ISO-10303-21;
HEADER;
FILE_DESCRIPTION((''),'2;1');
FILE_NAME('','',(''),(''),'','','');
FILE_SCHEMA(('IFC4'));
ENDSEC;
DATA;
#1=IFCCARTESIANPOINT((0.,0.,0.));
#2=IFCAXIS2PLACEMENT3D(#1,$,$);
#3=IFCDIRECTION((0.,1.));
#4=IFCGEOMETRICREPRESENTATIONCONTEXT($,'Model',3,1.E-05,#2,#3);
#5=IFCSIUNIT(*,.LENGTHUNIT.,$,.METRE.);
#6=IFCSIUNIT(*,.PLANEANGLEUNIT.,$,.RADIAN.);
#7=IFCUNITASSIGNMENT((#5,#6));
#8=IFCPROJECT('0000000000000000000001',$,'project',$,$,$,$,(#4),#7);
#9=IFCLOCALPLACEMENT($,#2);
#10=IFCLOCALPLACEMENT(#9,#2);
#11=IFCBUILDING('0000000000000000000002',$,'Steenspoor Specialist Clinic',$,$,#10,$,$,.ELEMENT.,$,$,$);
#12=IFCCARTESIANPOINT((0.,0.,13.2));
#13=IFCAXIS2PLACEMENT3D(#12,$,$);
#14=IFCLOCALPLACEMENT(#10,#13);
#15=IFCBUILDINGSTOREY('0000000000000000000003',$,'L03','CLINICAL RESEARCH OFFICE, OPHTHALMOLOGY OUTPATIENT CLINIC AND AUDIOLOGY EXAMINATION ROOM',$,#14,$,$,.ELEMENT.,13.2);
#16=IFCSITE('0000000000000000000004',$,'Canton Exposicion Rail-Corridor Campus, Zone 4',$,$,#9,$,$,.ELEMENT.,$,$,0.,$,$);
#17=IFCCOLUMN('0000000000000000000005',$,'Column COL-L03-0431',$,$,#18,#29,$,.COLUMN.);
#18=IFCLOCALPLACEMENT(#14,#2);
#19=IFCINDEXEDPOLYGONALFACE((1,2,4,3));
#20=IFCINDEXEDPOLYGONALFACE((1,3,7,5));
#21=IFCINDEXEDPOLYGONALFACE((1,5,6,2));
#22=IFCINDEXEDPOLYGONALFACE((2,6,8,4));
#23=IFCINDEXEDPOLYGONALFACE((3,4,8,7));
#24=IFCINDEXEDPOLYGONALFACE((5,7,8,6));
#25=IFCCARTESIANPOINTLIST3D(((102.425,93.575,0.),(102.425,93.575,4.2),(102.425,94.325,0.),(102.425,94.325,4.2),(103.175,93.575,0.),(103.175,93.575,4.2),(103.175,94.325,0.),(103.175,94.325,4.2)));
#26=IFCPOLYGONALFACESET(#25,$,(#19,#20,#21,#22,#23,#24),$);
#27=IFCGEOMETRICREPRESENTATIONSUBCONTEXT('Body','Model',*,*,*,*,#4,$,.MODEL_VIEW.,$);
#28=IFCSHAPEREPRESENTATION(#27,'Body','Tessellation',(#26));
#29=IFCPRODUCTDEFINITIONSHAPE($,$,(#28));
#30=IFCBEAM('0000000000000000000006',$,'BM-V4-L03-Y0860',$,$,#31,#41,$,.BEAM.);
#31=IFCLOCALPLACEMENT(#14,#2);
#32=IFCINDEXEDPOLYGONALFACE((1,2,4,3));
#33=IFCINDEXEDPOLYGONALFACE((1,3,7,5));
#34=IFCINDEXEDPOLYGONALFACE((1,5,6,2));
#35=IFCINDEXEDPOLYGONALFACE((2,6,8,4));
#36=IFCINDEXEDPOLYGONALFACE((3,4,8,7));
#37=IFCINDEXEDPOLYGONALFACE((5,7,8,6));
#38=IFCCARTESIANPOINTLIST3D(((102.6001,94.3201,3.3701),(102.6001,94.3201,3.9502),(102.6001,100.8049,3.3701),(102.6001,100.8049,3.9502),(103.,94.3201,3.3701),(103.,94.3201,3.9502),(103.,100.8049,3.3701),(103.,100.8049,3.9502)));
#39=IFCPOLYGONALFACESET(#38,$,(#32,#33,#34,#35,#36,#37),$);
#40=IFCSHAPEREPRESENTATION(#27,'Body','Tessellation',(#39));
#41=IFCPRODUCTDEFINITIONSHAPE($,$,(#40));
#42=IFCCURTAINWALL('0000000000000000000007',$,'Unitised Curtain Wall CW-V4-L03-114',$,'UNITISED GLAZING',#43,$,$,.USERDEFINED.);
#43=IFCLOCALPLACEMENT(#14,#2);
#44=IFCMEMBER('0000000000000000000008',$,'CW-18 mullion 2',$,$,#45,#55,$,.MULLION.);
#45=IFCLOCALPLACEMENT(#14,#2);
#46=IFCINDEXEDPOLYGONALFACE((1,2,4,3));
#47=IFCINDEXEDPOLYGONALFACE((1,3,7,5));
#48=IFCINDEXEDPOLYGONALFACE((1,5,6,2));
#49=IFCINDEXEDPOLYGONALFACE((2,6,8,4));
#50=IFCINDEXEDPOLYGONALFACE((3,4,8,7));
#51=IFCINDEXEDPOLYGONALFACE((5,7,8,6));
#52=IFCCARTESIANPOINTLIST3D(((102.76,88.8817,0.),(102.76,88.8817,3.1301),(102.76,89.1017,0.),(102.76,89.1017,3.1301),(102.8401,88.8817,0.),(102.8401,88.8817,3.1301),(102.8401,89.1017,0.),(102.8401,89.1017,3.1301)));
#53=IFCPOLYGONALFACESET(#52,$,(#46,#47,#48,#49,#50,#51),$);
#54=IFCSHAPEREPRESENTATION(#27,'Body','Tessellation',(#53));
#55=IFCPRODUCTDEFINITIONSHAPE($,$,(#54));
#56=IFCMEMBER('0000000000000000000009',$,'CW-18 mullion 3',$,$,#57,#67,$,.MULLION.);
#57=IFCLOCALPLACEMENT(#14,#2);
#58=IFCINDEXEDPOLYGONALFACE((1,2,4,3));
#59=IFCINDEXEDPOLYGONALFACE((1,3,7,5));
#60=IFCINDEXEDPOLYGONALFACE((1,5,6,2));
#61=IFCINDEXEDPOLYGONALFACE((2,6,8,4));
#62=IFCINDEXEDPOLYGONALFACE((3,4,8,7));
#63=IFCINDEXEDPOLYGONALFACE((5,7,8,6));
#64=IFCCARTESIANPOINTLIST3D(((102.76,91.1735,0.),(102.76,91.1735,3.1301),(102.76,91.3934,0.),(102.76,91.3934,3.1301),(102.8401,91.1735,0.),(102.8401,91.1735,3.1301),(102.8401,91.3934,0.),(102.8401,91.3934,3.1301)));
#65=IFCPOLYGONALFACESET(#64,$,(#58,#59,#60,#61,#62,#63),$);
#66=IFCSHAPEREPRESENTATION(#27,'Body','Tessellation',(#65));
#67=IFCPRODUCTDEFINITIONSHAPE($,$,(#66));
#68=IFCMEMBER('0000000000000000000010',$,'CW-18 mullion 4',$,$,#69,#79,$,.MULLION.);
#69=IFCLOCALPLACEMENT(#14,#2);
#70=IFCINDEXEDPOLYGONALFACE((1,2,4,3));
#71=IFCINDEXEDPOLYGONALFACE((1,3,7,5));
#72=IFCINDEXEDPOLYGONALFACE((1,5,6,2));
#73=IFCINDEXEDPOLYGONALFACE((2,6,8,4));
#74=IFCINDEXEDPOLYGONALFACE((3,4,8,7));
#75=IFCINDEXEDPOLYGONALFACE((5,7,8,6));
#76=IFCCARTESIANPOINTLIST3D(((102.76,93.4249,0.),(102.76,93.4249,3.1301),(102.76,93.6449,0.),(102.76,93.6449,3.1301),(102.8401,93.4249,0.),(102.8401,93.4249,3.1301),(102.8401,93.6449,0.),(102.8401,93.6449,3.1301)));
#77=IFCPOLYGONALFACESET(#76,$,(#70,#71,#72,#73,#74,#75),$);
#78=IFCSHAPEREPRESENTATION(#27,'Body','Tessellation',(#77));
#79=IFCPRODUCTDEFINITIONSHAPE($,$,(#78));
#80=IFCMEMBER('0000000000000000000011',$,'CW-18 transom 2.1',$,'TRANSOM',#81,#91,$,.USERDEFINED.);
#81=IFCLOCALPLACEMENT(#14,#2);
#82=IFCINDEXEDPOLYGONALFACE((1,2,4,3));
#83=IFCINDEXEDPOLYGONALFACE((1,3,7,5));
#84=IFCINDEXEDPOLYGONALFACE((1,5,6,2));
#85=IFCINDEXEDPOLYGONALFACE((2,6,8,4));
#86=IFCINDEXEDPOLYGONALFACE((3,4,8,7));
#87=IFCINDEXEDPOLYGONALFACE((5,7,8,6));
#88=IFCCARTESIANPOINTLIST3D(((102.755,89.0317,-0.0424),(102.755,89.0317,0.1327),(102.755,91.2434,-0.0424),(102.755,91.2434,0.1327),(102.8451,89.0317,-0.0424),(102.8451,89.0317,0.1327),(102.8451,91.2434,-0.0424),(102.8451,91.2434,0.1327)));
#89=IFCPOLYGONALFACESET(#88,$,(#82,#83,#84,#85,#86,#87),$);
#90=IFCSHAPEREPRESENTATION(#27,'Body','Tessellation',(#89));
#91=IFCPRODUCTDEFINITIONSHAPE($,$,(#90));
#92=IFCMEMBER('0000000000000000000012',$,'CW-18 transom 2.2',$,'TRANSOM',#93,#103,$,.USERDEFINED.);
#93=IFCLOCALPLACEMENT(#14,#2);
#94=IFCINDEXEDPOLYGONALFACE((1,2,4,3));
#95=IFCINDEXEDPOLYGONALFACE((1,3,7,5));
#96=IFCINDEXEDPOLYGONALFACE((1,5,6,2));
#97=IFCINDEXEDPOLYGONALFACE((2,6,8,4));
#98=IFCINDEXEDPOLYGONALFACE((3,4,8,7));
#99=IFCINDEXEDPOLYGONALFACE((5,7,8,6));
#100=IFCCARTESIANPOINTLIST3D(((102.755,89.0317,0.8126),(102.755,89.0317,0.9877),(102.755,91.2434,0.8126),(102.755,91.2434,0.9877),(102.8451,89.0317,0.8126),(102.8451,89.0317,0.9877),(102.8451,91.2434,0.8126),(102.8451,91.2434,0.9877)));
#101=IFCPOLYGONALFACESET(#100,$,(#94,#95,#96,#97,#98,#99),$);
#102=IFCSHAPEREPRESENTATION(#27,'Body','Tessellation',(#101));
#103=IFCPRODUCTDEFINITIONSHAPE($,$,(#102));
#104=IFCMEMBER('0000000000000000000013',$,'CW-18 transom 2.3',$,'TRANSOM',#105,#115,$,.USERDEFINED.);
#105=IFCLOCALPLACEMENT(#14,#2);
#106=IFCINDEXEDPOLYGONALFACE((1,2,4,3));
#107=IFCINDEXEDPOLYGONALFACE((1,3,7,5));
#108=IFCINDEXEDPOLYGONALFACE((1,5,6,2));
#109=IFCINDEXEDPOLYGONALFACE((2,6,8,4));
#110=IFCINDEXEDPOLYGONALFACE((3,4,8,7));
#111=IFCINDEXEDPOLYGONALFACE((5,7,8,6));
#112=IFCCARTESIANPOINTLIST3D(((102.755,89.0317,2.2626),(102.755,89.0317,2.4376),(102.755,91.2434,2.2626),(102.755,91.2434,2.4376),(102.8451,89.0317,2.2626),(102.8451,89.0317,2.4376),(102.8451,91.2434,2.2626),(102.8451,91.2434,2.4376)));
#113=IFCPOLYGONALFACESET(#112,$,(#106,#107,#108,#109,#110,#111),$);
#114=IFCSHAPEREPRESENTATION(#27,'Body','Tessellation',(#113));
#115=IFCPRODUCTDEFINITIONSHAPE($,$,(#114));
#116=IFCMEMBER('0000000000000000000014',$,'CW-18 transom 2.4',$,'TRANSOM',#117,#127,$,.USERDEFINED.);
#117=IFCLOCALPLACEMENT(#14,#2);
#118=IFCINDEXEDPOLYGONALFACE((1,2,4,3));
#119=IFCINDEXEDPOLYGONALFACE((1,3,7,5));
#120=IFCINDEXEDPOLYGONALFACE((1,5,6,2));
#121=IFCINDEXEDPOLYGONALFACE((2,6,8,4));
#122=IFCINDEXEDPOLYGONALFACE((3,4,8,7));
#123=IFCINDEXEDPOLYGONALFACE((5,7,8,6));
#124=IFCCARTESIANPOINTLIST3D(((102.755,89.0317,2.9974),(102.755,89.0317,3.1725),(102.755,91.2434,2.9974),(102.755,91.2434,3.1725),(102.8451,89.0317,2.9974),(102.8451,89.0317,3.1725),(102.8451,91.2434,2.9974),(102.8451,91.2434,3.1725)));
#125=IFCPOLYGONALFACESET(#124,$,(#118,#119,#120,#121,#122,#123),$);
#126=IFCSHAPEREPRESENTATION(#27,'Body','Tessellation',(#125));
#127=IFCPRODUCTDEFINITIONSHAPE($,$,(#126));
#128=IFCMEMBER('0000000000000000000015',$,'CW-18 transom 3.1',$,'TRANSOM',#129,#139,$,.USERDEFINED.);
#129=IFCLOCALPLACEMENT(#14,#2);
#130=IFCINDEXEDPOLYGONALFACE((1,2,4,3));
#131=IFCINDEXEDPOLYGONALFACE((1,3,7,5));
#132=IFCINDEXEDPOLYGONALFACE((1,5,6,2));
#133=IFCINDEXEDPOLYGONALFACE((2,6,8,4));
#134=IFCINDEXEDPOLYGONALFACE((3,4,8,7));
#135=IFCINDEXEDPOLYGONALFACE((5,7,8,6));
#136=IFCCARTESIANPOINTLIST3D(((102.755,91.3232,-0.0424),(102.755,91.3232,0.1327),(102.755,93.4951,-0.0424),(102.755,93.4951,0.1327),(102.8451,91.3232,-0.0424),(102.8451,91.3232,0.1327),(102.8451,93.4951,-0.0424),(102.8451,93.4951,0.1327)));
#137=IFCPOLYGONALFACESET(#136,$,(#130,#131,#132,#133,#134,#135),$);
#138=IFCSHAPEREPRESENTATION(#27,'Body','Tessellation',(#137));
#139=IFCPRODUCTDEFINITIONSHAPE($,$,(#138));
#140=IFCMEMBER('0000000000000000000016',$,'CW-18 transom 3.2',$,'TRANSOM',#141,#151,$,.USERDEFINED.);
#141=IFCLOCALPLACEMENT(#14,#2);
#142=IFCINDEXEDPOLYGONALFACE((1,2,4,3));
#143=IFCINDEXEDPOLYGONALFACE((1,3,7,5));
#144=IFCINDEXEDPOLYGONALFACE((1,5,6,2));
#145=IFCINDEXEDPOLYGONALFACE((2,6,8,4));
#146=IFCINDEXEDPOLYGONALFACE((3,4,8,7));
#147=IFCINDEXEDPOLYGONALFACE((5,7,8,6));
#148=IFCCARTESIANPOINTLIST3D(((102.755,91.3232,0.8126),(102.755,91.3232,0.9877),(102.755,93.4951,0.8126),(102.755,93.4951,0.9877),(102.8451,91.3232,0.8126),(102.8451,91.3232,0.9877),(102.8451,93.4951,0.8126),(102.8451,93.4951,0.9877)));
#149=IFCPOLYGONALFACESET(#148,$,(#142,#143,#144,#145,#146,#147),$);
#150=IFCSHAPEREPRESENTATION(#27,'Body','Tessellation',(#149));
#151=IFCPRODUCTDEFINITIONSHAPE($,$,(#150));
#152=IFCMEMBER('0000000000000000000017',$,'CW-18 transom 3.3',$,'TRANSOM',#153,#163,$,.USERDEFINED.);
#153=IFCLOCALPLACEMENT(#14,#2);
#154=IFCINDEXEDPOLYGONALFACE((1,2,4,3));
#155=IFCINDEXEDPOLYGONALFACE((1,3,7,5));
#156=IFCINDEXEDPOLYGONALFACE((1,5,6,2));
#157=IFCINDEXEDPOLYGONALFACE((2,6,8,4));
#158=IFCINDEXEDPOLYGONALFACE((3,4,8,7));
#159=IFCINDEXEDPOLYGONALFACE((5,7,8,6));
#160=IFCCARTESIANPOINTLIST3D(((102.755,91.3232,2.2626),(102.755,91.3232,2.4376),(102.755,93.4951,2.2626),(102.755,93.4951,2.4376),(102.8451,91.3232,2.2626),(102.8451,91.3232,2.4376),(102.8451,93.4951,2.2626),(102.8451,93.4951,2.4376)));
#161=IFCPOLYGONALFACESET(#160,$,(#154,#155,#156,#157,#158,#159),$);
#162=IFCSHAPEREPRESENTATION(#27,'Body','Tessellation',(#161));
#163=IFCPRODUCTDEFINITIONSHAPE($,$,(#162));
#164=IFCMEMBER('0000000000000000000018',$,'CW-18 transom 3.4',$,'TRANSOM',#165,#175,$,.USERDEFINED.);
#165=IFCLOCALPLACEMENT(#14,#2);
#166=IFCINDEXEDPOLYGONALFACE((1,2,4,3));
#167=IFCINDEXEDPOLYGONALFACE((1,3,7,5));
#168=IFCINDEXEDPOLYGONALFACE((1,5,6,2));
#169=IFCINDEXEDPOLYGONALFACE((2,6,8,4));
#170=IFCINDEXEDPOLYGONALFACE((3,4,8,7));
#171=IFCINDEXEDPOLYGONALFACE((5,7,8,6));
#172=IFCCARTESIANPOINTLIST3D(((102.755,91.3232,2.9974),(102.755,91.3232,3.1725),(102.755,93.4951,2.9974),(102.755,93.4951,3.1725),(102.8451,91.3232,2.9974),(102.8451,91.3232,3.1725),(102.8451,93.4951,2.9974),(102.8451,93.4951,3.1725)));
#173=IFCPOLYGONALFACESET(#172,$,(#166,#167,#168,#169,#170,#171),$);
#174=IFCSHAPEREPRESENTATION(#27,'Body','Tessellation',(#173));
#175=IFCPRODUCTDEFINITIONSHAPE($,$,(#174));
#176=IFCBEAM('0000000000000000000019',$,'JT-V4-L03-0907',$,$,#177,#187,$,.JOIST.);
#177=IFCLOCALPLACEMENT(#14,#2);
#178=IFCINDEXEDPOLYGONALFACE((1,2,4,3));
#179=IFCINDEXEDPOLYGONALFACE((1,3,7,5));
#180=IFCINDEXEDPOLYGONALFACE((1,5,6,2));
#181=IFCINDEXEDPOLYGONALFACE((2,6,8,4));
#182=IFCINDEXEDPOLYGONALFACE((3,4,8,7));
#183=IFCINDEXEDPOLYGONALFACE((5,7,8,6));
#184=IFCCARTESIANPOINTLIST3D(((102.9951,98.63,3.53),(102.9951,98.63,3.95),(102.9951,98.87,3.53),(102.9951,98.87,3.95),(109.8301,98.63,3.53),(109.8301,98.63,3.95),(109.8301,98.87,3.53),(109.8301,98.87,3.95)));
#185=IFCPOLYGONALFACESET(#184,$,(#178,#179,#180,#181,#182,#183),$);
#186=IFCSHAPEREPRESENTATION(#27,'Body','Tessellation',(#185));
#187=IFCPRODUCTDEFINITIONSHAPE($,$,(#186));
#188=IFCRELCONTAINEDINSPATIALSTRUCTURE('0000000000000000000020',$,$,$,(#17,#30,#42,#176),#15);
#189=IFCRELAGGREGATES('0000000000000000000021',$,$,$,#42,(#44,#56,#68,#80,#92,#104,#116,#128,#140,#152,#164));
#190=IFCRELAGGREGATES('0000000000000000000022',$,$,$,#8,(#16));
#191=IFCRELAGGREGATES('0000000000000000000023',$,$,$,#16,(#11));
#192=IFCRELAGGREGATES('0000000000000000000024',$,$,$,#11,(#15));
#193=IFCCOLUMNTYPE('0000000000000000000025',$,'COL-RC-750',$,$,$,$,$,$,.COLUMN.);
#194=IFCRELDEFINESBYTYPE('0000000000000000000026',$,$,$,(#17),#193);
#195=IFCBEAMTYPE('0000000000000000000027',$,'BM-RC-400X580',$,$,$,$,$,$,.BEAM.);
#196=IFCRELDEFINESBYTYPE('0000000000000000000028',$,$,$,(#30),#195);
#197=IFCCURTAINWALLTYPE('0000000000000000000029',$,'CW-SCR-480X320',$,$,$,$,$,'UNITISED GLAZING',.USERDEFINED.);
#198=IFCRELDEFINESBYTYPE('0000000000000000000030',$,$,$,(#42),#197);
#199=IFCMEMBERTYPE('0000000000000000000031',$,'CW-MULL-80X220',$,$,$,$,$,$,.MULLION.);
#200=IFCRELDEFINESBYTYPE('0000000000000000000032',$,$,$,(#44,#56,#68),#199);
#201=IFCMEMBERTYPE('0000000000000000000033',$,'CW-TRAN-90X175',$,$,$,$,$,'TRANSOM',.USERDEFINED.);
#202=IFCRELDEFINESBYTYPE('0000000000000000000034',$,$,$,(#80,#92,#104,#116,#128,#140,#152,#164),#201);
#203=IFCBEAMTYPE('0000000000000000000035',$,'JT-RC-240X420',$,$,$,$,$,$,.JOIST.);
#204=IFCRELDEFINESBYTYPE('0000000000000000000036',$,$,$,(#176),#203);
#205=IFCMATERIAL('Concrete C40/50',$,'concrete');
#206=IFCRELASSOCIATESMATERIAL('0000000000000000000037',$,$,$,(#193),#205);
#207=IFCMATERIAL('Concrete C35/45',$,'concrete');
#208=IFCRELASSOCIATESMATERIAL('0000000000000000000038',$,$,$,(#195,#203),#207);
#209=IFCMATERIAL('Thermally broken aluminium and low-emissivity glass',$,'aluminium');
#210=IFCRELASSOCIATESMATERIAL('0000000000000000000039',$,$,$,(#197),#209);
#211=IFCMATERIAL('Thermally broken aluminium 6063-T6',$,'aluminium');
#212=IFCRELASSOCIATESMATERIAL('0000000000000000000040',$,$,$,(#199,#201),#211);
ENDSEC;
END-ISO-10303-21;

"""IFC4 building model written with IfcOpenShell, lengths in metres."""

from ifc_helpers import new_model, si_unit, direction, frame, origin, origin_2d, place, context, subcontext, project, spatial, rectangle, extrude, material, material_profile, profile_set, type_object, element, aggregate, save


model = new_model("IFC4")

# Units and contexts
model_context = context("Model", 3, precision=1e-05, world=origin(), true_north=direction((0.0, 1.0)))
body_context = subcontext(model_context, "Body", "Model", "MODEL_VIEW")
ifc_project = project(units=[si_unit("LENGTHUNIT", "METRE"), si_unit("PLANEANGLEUNIT", "RADIAN")], contexts=[model_context])

# Site, building, storey
site_placement = place(None, origin())
site = spatial("IfcSite", under=ifc_project, at=site_placement, Name="Canton Exposicion Rail-Corridor Campus, Zone 4", CompositionType="ELEMENT", RefElevation=0.0)
building_placement = place(site_placement, origin())
building = spatial("IfcBuilding", under=site, at=building_placement, Name="Steenspoor Specialist Clinic", CompositionType="ELEMENT")
storey_placement = place(building_placement, frame((0.0, 0.0, 13.2)))
storey = spatial("IfcBuildingStorey", under=building, at=storey_placement, Name="L03", Description="CLINICAL RESEARCH OFFICE, OPHTHALMOLOGY OUTPATIENT CLINIC AND AUDIOLOGY EXAMINATION ROOM", CompositionType="ELEMENT", Elevation=13.2)

# Column
ifc_material_1 = material(Name="Concrete C40/50", Category="concrete")
ifc_material_profile_1 = material_profile(ifc_material_1, rectangle(XDim=0.75, YDim=0.75, at=origin_2d()), Name="RC-COL-750X750")
ifc_profile_set_1 = profile_set([ifc_material_profile_1], Name="Concrete C40/50")
column_type = type_object("IfcColumnType", Name="COL-RC-750", PredefinedType="COLUMN", material=ifc_profile_set_1)
column_placement = place(storey_placement, frame((102.8, 93.95, 0.0), z_axis=(0.0, 0.0, 1.0), x_axis=(1.0, 0.0, 0.0)))
element("IfcColumn", 1, at=column_placement, inside=storey, type_object=column_type, Name="Column COL-L03-0431", PredefinedType="COLUMN", context=body_context, shape_type="SweptSolid", body=[
    extrude(rectangle(XDim=0.75, YDim=0.75, at=origin_2d()), origin(), (0.0, 0.0, 1.0), 4.2),
])

# Beam
ifc_material_2 = material(Name="Concrete C35/45", Category="concrete")
ifc_material_profile_2 = material_profile(ifc_material_2, rectangle(XDim=0.3999, YDim=0.5801, at=origin_2d()), Name="RC-BM-400X580")
ifc_profile_set_2 = profile_set([ifc_material_profile_2], Name="Concrete C35/45")
beam_type_1 = type_object("IfcBeamType", Name="BM-RC-400X580", PredefinedType="BEAM", material=ifc_profile_set_2)
beam_1_placement = place(storey_placement, frame((102.8, 94.3201, 3.6602), z_axis=(0.0, 1.0, 0.0), x_axis=(-1.0, 0.0, 0.0)))
element("IfcBeam", 2, at=beam_1_placement, inside=storey, type_object=beam_type_1, Name="BM-V4-L03-Y0860", PredefinedType="BEAM", context=body_context, shape_type="SweptSolid", body=[
    extrude(rectangle(XDim=0.3999, YDim=0.5801, at=origin_2d()), origin(), (0.0, 0.0, 1.0), 6.4849),
])

# Curtain wall, members
ifc_material_3 = material(Name="Thermally broken aluminium and low-emissivity glass", Category="aluminium")
curtain_wall_type = type_object("IfcCurtainWallType", Name="CW-SCR-480X320", ElementType="UNITISED GLAZING", PredefinedType="USERDEFINED", material=ifc_material_3)
curtain_wall_placement = place(storey_placement, origin())
curtain_wall = element("IfcCurtainWall", 3, at=curtain_wall_placement, inside=storey, type_object=curtain_wall_type, Name="Unitised Curtain Wall CW-V4-L03-114", ObjectType="UNITISED GLAZING", PredefinedType="USERDEFINED")
ifc_material_4 = material(Name="Thermally broken aluminium 6063-T6", Category="aluminium")
ifc_material_profile_3 = material_profile(ifc_material_4, rectangle(XDim=0.0801, YDim=0.22, at=origin_2d()), Name="CWM-80X220")
ifc_profile_set_3 = profile_set([ifc_material_profile_3], Name="Thermally broken aluminium 6063-T6")
member_type_1 = type_object("IfcMemberType", Name="CW-MULL-80X220", PredefinedType="MULLION", material=ifc_profile_set_3)
member_1_placement = place(storey_placement, frame((102.8, 88.9917, 0.0), z_axis=(0.0, 0.0, 1.0), x_axis=(-1.0, 0.0, 0.0)))
member_1 = element("IfcMember", 4, at=member_1_placement, type_object=member_type_1, Name="CW-18 mullion 2", PredefinedType="MULLION", context=body_context, shape_type="SweptSolid", body=[
    extrude(rectangle(XDim=0.0801, YDim=0.22, at=origin_2d()), origin(), (0.0, 0.0, 1.0), 3.1301),
])
member_2_placement = place(storey_placement, frame((102.8, 91.2834, 0.0), z_axis=(0.0, 0.0, 1.0), x_axis=(-1.0, 0.0, 0.0)))
member_2 = element("IfcMember", 5, at=member_2_placement, type_object=member_type_1, Name="CW-18 mullion 3", PredefinedType="MULLION", context=body_context, shape_type="SweptSolid", body=[
    extrude(rectangle(XDim=0.0801, YDim=0.22, at=origin_2d()), origin(), (0.0, 0.0, 1.0), 3.1301),
])
member_3_placement = place(storey_placement, frame((102.8, 93.5349, 0.0), z_axis=(0.0, 0.0, 1.0), x_axis=(-1.0, 0.0, 0.0)))
member_3 = element("IfcMember", 6, at=member_3_placement, type_object=member_type_1, Name="CW-18 mullion 4", PredefinedType="MULLION", context=body_context, shape_type="SweptSolid", body=[
    extrude(rectangle(XDim=0.0801, YDim=0.22, at=origin_2d()), origin(), (0.0, 0.0, 1.0), 3.1301),
])
ifc_material_profile_4 = material_profile(ifc_material_4, rectangle(XDim=0.0901, YDim=0.175, at=origin_2d()), Name="CWT-90X175")
ifc_profile_set_4 = profile_set([ifc_material_profile_4], Name="Thermally broken aluminium 6063-T6")
member_type_2 = type_object("IfcMemberType", Name="CW-TRAN-90X175", ElementType="TRANSOM", PredefinedType="USERDEFINED", material=ifc_profile_set_4)
member_4_placement = place(storey_placement, frame((102.8, 89.0317, 0.0452), z_axis=(0.0, 1.0, 0.0), x_axis=(-1.0, 0.0, 0.0)))
member_4 = element("IfcMember", 7, at=member_4_placement, type_object=member_type_2, Name="CW-18 transom 2.1", ObjectType="TRANSOM", PredefinedType="USERDEFINED", context=body_context, shape_type="SweptSolid", body=[
    extrude(rectangle(XDim=0.0901, YDim=0.175, at=origin_2d()), origin(), (0.0, 0.0, 1.0), 2.2117),
])
member_5_placement = place(storey_placement, frame((102.8, 89.0317, 0.9001), z_axis=(0.0, 1.0, 0.0), x_axis=(-1.0, 0.0, 0.0)))
member_5 = element("IfcMember", 8, at=member_5_placement, type_object=member_type_2, Name="CW-18 transom 2.2", ObjectType="TRANSOM", PredefinedType="USERDEFINED", context=body_context, shape_type="SweptSolid", body=[
    extrude(rectangle(XDim=0.0901, YDim=0.175, at=origin_2d()), origin(), (0.0, 0.0, 1.0), 2.2117),
])
member_6_placement = place(storey_placement, frame((102.8, 89.0317, 2.3501), z_axis=(0.0, 1.0, 0.0), x_axis=(-1.0, 0.0, 0.0)))
member_6 = element("IfcMember", 9, at=member_6_placement, type_object=member_type_2, Name="CW-18 transom 2.3", ObjectType="TRANSOM", PredefinedType="USERDEFINED", context=body_context, shape_type="SweptSolid", body=[
    extrude(rectangle(XDim=0.0901, YDim=0.175, at=origin_2d()), origin(), (0.0, 0.0, 1.0), 2.2117),
])
member_7_placement = place(storey_placement, frame((102.8, 89.0317, 3.085), z_axis=(0.0, 1.0, 0.0), x_axis=(-1.0, 0.0, 0.0)))
member_7 = element("IfcMember", 10, at=member_7_placement, type_object=member_type_2, Name="CW-18 transom 2.4", ObjectType="TRANSOM", PredefinedType="USERDEFINED", context=body_context, shape_type="SweptSolid", body=[
    extrude(rectangle(XDim=0.0901, YDim=0.175, at=origin_2d()), origin(), (0.0, 0.0, 1.0), 2.2117),
])
member_8_placement = place(storey_placement, frame((102.8, 91.3232, 0.0452), z_axis=(0.0, 1.0, 0.0), x_axis=(-1.0, 0.0, 0.0)))
member_8 = element("IfcMember", 11, at=member_8_placement, type_object=member_type_2, Name="CW-18 transom 3.1", ObjectType="TRANSOM", PredefinedType="USERDEFINED", context=body_context, shape_type="SweptSolid", body=[
    extrude(rectangle(XDim=0.0901, YDim=0.175, at=origin_2d()), origin(), (0.0, 0.0, 1.0), 2.1719),
])
member_9_placement = place(storey_placement, frame((102.8, 91.3232, 0.9001), z_axis=(0.0, 1.0, 0.0), x_axis=(-1.0, 0.0, 0.0)))
member_9 = element("IfcMember", 12, at=member_9_placement, type_object=member_type_2, Name="CW-18 transom 3.2", ObjectType="TRANSOM", PredefinedType="USERDEFINED", context=body_context, shape_type="SweptSolid", body=[
    extrude(rectangle(XDim=0.0901, YDim=0.175, at=origin_2d()), origin(), (0.0, 0.0, 1.0), 2.1719),
])
member_10_placement = place(storey_placement, frame((102.8, 91.3232, 2.3501), z_axis=(0.0, 1.0, 0.0), x_axis=(-1.0, 0.0, 0.0)))
member_10 = element("IfcMember", 13, at=member_10_placement, type_object=member_type_2, Name="CW-18 transom 3.3", ObjectType="TRANSOM", PredefinedType="USERDEFINED", context=body_context, shape_type="SweptSolid", body=[
    extrude(rectangle(XDim=0.0901, YDim=0.175, at=origin_2d()), origin(), (0.0, 0.0, 1.0), 2.1719),
])
member_11_placement = place(storey_placement, frame((102.8, 91.3232, 3.085), z_axis=(0.0, 1.0, 0.0), x_axis=(-1.0, 0.0, 0.0)))
member_11 = element("IfcMember", 14, at=member_11_placement, type_object=member_type_2, Name="CW-18 transom 3.4", ObjectType="TRANSOM", PredefinedType="USERDEFINED", context=body_context, shape_type="SweptSolid", body=[
    extrude(rectangle(XDim=0.0901, YDim=0.175, at=origin_2d()), origin(), (0.0, 0.0, 1.0), 2.1719),
])

# Beam
ifc_material_profile_5 = material_profile(ifc_material_2, rectangle(XDim=0.24, YDim=0.4199, at=origin_2d()), Name="RC-JT-240X420")
ifc_profile_set_5 = profile_set([ifc_material_profile_5], Name="Concrete C35/45")
beam_type_2 = type_object("IfcBeamType", Name="JT-RC-240X420", PredefinedType="JOIST", material=ifc_profile_set_5)
beam_2_placement = place(storey_placement, frame((102.9951, 98.75, 3.74), z_axis=(1.0, 0.0, 0.0), x_axis=(0.0, 1.0, 0.0)))
element("IfcBeam", 15, at=beam_2_placement, inside=storey, type_object=beam_type_2, Name="JT-V4-L03-0907", PredefinedType="JOIST", context=body_context, shape_type="SweptSolid", body=[
    extrude(rectangle(XDim=0.24, YDim=0.4199, at=origin_2d()), origin(), (0.0, 0.0, 1.0), 6.835),
])

aggregate(curtain_wall, [member_1, member_2, member_3, member_4, member_5, member_6, member_7, member_8, member_9, member_10, member_11])

save(model, "model.ifc")
